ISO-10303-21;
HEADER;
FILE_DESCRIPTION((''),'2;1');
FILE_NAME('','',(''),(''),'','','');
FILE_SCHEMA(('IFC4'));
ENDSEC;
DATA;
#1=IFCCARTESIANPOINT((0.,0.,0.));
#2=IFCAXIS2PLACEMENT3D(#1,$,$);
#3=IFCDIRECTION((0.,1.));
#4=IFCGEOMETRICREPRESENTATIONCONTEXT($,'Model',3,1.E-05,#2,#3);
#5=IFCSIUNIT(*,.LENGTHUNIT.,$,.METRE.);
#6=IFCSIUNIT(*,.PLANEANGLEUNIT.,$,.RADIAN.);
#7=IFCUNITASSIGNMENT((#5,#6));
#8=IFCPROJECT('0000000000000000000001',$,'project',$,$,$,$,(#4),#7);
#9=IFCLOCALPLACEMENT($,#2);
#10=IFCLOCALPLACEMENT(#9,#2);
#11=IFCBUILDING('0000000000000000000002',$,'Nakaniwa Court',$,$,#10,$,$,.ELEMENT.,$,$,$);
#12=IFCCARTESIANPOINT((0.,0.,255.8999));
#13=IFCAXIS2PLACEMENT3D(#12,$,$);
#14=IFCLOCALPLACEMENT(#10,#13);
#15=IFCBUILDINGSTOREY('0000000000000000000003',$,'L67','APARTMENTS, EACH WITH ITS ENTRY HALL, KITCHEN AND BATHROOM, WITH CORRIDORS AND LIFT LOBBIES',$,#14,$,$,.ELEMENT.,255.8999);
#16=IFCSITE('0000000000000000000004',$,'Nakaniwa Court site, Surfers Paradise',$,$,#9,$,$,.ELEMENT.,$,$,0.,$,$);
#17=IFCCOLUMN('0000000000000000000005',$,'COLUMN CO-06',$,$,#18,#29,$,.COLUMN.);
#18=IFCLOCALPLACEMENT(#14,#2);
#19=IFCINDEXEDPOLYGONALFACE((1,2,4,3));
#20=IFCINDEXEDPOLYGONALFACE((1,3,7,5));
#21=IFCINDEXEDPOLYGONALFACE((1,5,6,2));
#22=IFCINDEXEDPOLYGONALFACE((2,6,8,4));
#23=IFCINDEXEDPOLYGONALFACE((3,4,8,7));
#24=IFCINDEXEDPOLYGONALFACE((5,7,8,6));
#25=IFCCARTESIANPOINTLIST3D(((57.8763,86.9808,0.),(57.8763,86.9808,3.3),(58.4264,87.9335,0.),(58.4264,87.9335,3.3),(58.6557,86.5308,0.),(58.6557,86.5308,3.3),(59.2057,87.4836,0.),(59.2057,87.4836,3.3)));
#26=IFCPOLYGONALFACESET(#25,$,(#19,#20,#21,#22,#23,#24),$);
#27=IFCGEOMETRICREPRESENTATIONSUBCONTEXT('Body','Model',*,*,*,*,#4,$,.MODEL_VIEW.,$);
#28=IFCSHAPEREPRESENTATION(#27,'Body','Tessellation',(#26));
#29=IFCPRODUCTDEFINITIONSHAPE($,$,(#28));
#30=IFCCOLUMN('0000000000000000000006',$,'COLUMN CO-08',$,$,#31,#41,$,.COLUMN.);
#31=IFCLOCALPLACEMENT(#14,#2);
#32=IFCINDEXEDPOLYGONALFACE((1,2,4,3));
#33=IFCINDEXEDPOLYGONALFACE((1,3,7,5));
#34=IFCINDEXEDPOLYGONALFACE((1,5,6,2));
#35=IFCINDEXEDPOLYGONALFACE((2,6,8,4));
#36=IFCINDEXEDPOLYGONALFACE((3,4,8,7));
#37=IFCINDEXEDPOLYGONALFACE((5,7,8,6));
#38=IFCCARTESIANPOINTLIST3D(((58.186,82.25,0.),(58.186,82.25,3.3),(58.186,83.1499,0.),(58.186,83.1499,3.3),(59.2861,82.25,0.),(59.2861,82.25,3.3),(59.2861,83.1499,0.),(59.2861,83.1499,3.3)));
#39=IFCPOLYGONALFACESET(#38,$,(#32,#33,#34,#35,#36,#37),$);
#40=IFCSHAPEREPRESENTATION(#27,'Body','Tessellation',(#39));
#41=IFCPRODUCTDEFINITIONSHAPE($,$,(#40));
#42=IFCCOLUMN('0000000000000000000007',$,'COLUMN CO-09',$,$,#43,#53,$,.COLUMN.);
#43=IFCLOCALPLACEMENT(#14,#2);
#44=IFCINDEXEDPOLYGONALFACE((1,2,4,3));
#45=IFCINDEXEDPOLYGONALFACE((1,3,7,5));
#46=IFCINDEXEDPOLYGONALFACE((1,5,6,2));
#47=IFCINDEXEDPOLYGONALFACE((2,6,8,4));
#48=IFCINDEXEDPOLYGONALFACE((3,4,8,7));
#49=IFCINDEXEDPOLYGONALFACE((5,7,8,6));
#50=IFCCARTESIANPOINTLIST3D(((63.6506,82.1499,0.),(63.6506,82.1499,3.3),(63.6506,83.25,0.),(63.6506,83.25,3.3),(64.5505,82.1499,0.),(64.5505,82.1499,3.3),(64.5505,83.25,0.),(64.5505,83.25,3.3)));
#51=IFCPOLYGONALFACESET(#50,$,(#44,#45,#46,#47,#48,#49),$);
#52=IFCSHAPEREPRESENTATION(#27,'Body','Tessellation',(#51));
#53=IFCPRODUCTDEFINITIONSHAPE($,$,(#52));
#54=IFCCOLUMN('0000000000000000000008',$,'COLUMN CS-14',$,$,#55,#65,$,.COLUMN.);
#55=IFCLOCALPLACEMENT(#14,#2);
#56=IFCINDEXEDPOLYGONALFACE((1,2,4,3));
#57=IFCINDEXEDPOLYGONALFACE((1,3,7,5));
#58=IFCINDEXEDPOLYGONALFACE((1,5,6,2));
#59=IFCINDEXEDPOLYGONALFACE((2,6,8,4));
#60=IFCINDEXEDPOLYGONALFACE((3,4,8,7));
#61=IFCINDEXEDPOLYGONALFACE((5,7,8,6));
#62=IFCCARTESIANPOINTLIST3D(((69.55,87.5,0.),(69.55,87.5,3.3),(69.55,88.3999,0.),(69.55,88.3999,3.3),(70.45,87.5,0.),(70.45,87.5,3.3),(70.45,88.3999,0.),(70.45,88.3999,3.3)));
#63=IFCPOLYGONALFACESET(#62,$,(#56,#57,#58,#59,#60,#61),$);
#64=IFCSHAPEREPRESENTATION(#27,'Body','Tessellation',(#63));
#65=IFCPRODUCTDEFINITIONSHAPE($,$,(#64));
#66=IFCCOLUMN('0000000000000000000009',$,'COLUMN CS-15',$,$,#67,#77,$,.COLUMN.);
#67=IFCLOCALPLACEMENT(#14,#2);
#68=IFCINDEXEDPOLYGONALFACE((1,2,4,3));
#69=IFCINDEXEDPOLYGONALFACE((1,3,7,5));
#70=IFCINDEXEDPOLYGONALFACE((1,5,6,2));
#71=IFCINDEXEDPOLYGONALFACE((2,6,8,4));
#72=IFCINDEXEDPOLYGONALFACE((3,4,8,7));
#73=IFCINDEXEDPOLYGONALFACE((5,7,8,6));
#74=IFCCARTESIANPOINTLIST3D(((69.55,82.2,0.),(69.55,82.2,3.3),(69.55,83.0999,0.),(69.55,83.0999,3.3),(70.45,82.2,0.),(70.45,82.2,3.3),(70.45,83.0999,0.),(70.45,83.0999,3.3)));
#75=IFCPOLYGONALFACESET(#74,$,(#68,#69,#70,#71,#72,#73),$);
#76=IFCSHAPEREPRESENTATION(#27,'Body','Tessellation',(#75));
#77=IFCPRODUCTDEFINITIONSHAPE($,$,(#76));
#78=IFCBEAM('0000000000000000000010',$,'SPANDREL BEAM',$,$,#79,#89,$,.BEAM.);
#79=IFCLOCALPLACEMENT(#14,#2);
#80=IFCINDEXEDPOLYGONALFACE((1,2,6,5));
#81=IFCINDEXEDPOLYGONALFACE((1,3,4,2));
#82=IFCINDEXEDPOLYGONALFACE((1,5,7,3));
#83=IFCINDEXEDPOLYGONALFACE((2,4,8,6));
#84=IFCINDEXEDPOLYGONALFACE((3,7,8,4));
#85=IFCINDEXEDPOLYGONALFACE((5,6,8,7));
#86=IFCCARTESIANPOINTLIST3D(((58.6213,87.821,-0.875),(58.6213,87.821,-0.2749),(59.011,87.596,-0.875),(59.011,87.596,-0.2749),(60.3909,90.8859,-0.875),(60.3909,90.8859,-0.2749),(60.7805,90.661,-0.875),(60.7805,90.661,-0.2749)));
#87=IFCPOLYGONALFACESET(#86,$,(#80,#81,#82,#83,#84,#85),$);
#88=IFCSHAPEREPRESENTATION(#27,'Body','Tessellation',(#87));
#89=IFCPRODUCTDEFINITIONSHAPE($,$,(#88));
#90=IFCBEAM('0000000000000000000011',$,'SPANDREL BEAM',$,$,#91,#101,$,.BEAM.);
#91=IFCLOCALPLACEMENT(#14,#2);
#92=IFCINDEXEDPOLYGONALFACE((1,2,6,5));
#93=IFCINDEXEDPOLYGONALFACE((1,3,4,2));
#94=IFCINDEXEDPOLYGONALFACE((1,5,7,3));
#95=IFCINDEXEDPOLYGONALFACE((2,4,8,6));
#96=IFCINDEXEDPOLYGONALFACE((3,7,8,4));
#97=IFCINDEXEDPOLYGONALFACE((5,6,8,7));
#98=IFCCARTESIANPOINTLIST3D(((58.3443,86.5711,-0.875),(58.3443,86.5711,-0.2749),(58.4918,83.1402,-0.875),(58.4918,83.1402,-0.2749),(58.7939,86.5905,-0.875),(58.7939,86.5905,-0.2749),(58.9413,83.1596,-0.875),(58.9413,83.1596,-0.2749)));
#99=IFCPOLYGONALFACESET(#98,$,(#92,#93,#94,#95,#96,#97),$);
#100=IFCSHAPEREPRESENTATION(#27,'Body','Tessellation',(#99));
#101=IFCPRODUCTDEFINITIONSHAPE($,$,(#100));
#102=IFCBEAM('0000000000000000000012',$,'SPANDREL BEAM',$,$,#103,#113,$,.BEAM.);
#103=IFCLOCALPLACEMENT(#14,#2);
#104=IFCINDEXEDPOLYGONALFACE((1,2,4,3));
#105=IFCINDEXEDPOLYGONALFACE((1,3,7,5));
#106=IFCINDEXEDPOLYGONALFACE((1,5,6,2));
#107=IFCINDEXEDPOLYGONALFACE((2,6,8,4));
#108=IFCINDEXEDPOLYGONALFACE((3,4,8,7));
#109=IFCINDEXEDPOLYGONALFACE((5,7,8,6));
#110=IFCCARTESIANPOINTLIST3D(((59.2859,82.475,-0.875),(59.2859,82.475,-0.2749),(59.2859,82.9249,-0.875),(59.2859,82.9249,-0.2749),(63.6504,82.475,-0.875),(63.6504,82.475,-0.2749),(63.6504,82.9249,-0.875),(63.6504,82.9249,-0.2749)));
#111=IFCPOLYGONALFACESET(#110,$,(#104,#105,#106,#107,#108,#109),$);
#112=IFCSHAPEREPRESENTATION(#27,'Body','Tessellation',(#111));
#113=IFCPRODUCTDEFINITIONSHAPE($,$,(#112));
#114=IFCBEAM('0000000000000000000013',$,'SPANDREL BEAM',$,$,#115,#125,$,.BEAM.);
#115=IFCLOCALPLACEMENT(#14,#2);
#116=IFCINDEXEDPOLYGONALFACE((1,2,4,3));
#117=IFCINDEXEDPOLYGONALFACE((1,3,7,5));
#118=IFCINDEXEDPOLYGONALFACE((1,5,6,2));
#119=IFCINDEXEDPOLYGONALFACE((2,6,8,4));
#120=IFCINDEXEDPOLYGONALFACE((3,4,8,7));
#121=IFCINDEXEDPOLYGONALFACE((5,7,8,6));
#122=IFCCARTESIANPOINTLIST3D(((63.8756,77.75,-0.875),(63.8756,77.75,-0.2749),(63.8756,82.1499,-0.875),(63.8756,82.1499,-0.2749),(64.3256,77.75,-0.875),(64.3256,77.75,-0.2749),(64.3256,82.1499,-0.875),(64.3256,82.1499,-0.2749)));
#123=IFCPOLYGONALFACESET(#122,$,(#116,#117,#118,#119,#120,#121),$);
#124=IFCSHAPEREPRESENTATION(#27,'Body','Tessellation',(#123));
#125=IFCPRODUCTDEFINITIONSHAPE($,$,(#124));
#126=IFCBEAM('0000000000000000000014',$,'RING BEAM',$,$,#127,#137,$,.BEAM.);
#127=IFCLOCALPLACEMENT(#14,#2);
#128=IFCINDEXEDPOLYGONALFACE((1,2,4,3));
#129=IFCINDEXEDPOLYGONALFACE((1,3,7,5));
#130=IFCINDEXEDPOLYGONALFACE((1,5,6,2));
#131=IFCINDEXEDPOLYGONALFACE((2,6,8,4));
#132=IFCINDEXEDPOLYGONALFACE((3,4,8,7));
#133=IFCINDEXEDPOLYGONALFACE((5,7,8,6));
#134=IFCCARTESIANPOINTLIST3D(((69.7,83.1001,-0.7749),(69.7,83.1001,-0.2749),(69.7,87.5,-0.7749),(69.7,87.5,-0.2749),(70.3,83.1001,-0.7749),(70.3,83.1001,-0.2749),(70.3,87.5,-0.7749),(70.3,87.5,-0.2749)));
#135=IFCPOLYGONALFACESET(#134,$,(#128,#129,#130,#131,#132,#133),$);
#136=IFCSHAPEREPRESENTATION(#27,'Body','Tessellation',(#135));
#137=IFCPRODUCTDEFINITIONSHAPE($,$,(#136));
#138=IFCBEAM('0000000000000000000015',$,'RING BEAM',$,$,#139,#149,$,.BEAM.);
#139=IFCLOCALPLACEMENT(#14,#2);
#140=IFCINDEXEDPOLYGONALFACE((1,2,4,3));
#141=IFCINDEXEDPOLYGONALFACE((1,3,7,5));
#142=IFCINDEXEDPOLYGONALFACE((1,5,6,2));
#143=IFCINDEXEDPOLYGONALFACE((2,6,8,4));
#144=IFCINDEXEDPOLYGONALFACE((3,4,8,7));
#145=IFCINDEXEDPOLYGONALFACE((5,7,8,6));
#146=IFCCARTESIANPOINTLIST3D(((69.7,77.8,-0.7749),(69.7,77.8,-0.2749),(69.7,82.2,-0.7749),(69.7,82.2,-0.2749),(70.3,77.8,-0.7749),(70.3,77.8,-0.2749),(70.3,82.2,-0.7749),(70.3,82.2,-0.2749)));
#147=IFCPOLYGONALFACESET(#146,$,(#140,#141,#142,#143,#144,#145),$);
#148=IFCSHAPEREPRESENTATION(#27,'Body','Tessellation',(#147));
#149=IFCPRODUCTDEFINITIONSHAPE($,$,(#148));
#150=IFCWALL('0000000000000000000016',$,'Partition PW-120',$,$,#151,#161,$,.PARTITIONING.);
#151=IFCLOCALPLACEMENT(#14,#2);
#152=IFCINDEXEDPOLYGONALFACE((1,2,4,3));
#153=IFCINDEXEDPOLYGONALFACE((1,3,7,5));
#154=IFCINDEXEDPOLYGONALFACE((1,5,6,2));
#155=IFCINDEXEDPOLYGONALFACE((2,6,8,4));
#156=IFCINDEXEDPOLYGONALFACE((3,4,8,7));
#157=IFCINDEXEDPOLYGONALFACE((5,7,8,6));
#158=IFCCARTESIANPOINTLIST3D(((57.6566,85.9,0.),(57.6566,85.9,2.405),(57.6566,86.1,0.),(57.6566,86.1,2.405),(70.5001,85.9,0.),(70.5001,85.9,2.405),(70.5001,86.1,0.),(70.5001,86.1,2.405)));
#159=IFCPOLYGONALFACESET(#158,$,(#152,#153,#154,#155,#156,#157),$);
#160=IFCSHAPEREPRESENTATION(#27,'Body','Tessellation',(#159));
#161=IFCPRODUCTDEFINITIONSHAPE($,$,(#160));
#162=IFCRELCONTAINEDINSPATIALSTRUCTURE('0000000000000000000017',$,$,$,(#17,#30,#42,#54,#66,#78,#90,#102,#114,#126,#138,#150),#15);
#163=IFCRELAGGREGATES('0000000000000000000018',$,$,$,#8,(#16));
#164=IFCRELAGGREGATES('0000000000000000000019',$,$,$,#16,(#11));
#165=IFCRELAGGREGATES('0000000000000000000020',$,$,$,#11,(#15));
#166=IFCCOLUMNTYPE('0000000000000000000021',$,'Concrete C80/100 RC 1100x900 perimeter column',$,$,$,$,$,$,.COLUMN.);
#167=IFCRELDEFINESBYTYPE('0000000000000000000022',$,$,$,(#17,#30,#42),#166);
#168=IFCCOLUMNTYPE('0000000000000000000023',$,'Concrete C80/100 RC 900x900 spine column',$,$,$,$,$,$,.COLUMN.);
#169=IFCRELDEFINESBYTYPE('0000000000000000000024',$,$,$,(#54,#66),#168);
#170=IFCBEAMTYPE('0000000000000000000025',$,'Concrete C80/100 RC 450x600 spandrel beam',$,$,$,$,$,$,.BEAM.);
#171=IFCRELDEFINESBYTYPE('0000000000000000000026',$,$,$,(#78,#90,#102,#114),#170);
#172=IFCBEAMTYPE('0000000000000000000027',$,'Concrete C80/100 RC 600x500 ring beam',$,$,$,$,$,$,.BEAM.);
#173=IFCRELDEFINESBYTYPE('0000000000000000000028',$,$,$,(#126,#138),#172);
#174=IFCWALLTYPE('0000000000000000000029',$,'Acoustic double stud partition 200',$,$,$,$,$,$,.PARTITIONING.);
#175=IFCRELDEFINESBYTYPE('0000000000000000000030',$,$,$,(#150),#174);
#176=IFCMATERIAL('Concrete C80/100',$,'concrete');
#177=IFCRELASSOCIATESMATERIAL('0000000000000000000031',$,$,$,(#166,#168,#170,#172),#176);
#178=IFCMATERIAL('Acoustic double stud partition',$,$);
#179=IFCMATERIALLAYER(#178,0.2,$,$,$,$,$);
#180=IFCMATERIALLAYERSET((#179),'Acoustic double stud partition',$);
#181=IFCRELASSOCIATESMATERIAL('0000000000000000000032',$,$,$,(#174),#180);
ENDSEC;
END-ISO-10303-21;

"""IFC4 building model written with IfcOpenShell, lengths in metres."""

from ifc_helpers import new_model, si_unit, direction, frame, frame_2d, origin, origin_2d, place, context, subcontext, project, spatial, rectangle, extrude, material, layer, layer_set, material_profile, profile_set, type_object, element, save


model = new_model("IFC4")

# Units and contexts
model_context = context("Model", 3, precision=1e-05, world=origin(), true_north=direction((0.0, 1.0)))
body_context = subcontext(model_context, "Body", "Model", "MODEL_VIEW")
ifc_project = project(units=[si_unit("LENGTHUNIT", "METRE"), si_unit("PLANEANGLEUNIT", "RADIAN")], contexts=[model_context])

# Site, building, storey
site_placement = place(None, origin())
site = spatial("IfcSite", under=ifc_project, at=site_placement, Name="Nakaniwa Court site, Surfers Paradise", CompositionType="ELEMENT", RefElevation=0.0)
building_placement = place(site_placement, origin())
building = spatial("IfcBuilding", under=site, at=building_placement, Name="Nakaniwa Court", CompositionType="ELEMENT")
storey_placement = place(building_placement, frame((0.0, 0.0, 255.8999)))
storey = spatial("IfcBuildingStorey", under=building, at=storey_placement, Name="L67", Description="APARTMENTS, EACH WITH ITS ENTRY HALL, KITCHEN AND BATHROOM, WITH CORRIDORS AND LIFT LOBBIES", CompositionType="ELEMENT", Elevation=255.8999)

# Columns
ifc_material_1 = material(Name="Concrete C80/100", Category="concrete")
ifc_material_profile_1 = material_profile(ifc_material_1, rectangle(XDim=1.1001, YDim=0.8999, at=origin_2d()), Name="Concrete C80/100 RC 1100x900 perimeter column")
ifc_profile_set_1 = profile_set([ifc_material_profile_1], Name="Concrete C80/100")
column_type_1 = type_object("IfcColumnType", Name="Concrete C80/100 RC 1100x900 perimeter column", PredefinedType="COLUMN", material=ifc_profile_set_1)
for number, where, z_axis, x_axis, name in (
    (1, (58.541, 87.2322, 0.0), (0.0, 0.0, 1.0), (-0.5, -0.866025, 0.0), "COLUMN CO-06"),
    (2, (58.7361, 82.7, 0.0), (0.0, 0.0, 1.0), (1.0, 0.0, 0.0), "COLUMN CO-08"),
    (3, (64.1006, 82.7, 0.0), (0.0, 0.0, 1.0), (0.0, -1.0, 0.0), "COLUMN CO-09"),
):
    element("IfcColumn", number, at=place(storey_placement, frame(where, z_axis=z_axis, x_axis=x_axis)), inside=storey, type_object=column_type_1, Name=name, PredefinedType="COLUMN", context=body_context, shape_type="SweptSolid", body=[
        extrude(rectangle(XDim=1.1001, YDim=0.8999, at=origin_2d()), origin(), (0.0, 0.0, 1.0), 3.3),
    ])
ifc_material_profile_2 = material_profile(ifc_material_1, rectangle(XDim=0.8999, YDim=0.8999, at=origin_2d()), Name="Concrete C80/100 RC 900x900 spine column")
ifc_profile_set_2 = profile_set([ifc_material_profile_2], Name="Concrete C80/100")
column_type_2 = type_object("IfcColumnType", Name="Concrete C80/100 RC 900x900 spine column", PredefinedType="COLUMN", material=ifc_profile_set_2)
for number, where, z_axis, x_axis, name in (
    (4, (70.0, 87.95, 0.0), (0.0, 0.0, 1.0), (0.0, -1.0, 0.0), "COLUMN CS-14"),
    (5, (70.0, 82.6499, 0.0), (0.0, 0.0, 1.0), (0.0, -1.0, 0.0), "COLUMN CS-15"),
):
    element("IfcColumn", number, at=place(storey_placement, frame(where, z_axis=z_axis, x_axis=x_axis)), inside=storey, type_object=column_type_2, Name=name, PredefinedType="COLUMN", context=body_context, shape_type="SweptSolid", body=[
        extrude(rectangle(XDim=0.8999, YDim=0.8999, at=origin_2d()), origin(), (0.0, 0.0, 1.0), 3.3),
    ])

# Beams
ifc_material_profile_3 = material_profile(ifc_material_1, rectangle(XDim=0.45, YDim=0.6001, at=origin_2d()), Name="Concrete C80/100 RC 450x600 spandrel beam")
ifc_profile_set_3 = profile_set([ifc_material_profile_3], Name="Concrete C80/100")
beam_type_1 = type_object("IfcBeamType", Name="Concrete C80/100 RC 450x600 spandrel beam", PredefinedType="BEAM", material=ifc_profile_set_3)
beam_1_placement = place(storey_placement, frame((60.5857, 90.7734, -0.575), z_axis=(-0.499997, -0.866027, 0.0), x_axis=(0.866027, -0.499997, 0.0)))
element("IfcBeam", 6, at=beam_1_placement, inside=storey, type_object=beam_type_1, Name="SPANDREL BEAM", PredefinedType="BEAM", context=body_context, shape_type="SweptSolid", body=[
    extrude(rectangle(XDim=0.45, YDim=0.6001, at=origin_2d()), origin(), (0.0, 0.0, 1.0), 3.5391),
])
beam_2_placement = place(storey_placement, frame((58.5691, 86.5808, -0.575), z_axis=(0.042941, -0.999078, 0.0), x_axis=(0.999078, 0.042941, 0.0)))
element("IfcBeam", 7, at=beam_2_placement, inside=storey, type_object=beam_type_1, Name="SPANDREL BEAM", PredefinedType="BEAM", context=body_context, shape_type="SweptSolid", body=[
    extrude(rectangle(XDim=0.45, YDim=0.6001, at=origin_2d()), origin(), (0.0, 0.0, 1.0), 3.4341),
])
beam_3_placement = place(storey_placement, frame((59.2859, 82.7, -0.575), z_axis=(1.0, 0.0, 0.0), x_axis=(0.0, 1.0, 0.0)))
element("IfcBeam", 8, at=beam_3_placement, inside=storey, type_object=beam_type_1, Name="SPANDREL BEAM", PredefinedType="BEAM", context=body_context, shape_type="SweptSolid", body=[
    extrude(rectangle(XDim=0.45, YDim=0.6001, at=origin_2d()), origin(), (0.0, 0.0, 1.0), 4.3645),
])
beam_4_placement = place(storey_placement, frame((64.1006, 82.1499, -0.575), z_axis=(0.0, -1.0, 0.0), x_axis=(1.0, 0.0, 0.0)))
element("IfcBeam", 9, at=beam_4_placement, inside=storey, type_object=beam_type_1, Name="SPANDREL BEAM", PredefinedType="BEAM", context=body_context, shape_type="SweptSolid", body=[
    extrude(rectangle(XDim=0.45, YDim=0.6001, at=origin_2d()), origin(), (0.0, 0.0, 1.0), 4.3999),
])
ifc_material_profile_4 = material_profile(ifc_material_1, rectangle(XDim=0.6001, YDim=0.5, at=origin_2d()), Name="Concrete C80/100 RC 600x500 ring beam")
ifc_profile_set_4 = profile_set([ifc_material_profile_4], Name="Concrete C80/100")
beam_type_2 = type_object("IfcBeamType", Name="Concrete C80/100 RC 600x500 ring beam", PredefinedType="BEAM", material=ifc_profile_set_4)
for number, where, z_axis, x_axis, name in (
    (10, (70.0, 87.5, -0.5249), (0.0, -1.0, 0.0), (1.0, 0.0, 0.0), "RING BEAM"),
    (11, (70.0, 82.2, -0.5249), (0.0, -1.0, 0.0), (1.0, 0.0, 0.0), "RING BEAM"),
):
    element("IfcBeam", number, at=place(storey_placement, frame(where, z_axis=z_axis, x_axis=x_axis)), inside=storey, type_object=beam_type_2, Name=name, PredefinedType="BEAM", context=body_context, shape_type="SweptSolid", body=[
        extrude(rectangle(XDim=0.6001, YDim=0.5, at=origin_2d()), origin(), (0.0, 0.0, 1.0), 4.3999),
    ])

# Wall
ifc_material_2 = material(Name="Acoustic double stud partition")
ifc_layer_1 = layer(ifc_material_2, 0.2)
ifc_layer_set_1 = layer_set([ifc_layer_1], Name="Acoustic double stud partition")
wall_type_1 = type_object("IfcWallType", Name="Acoustic double stud partition 200", PredefinedType="PARTITIONING", material=ifc_layer_set_1)
wall_1_placement = place(storey_placement, frame((57.6565, 86.0, 0.0), z_axis=(0.0, 0.0, 1.0), x_axis=(1.0, 0.0, 0.0)))
element("IfcWall", 12, at=wall_1_placement, inside=storey, type_object=wall_type_1, Name="Partition PW-120", PredefinedType="PARTITIONING", context=body_context, shape_type="SweptSolid", body=[
    extrude(rectangle(XDim=12.8435, YDim=0.2, at=frame_2d((6.4219, 0.0))), origin(), (0.0, 0.0, 1.0), 2.405),
])

save(model, "model.ifc")
